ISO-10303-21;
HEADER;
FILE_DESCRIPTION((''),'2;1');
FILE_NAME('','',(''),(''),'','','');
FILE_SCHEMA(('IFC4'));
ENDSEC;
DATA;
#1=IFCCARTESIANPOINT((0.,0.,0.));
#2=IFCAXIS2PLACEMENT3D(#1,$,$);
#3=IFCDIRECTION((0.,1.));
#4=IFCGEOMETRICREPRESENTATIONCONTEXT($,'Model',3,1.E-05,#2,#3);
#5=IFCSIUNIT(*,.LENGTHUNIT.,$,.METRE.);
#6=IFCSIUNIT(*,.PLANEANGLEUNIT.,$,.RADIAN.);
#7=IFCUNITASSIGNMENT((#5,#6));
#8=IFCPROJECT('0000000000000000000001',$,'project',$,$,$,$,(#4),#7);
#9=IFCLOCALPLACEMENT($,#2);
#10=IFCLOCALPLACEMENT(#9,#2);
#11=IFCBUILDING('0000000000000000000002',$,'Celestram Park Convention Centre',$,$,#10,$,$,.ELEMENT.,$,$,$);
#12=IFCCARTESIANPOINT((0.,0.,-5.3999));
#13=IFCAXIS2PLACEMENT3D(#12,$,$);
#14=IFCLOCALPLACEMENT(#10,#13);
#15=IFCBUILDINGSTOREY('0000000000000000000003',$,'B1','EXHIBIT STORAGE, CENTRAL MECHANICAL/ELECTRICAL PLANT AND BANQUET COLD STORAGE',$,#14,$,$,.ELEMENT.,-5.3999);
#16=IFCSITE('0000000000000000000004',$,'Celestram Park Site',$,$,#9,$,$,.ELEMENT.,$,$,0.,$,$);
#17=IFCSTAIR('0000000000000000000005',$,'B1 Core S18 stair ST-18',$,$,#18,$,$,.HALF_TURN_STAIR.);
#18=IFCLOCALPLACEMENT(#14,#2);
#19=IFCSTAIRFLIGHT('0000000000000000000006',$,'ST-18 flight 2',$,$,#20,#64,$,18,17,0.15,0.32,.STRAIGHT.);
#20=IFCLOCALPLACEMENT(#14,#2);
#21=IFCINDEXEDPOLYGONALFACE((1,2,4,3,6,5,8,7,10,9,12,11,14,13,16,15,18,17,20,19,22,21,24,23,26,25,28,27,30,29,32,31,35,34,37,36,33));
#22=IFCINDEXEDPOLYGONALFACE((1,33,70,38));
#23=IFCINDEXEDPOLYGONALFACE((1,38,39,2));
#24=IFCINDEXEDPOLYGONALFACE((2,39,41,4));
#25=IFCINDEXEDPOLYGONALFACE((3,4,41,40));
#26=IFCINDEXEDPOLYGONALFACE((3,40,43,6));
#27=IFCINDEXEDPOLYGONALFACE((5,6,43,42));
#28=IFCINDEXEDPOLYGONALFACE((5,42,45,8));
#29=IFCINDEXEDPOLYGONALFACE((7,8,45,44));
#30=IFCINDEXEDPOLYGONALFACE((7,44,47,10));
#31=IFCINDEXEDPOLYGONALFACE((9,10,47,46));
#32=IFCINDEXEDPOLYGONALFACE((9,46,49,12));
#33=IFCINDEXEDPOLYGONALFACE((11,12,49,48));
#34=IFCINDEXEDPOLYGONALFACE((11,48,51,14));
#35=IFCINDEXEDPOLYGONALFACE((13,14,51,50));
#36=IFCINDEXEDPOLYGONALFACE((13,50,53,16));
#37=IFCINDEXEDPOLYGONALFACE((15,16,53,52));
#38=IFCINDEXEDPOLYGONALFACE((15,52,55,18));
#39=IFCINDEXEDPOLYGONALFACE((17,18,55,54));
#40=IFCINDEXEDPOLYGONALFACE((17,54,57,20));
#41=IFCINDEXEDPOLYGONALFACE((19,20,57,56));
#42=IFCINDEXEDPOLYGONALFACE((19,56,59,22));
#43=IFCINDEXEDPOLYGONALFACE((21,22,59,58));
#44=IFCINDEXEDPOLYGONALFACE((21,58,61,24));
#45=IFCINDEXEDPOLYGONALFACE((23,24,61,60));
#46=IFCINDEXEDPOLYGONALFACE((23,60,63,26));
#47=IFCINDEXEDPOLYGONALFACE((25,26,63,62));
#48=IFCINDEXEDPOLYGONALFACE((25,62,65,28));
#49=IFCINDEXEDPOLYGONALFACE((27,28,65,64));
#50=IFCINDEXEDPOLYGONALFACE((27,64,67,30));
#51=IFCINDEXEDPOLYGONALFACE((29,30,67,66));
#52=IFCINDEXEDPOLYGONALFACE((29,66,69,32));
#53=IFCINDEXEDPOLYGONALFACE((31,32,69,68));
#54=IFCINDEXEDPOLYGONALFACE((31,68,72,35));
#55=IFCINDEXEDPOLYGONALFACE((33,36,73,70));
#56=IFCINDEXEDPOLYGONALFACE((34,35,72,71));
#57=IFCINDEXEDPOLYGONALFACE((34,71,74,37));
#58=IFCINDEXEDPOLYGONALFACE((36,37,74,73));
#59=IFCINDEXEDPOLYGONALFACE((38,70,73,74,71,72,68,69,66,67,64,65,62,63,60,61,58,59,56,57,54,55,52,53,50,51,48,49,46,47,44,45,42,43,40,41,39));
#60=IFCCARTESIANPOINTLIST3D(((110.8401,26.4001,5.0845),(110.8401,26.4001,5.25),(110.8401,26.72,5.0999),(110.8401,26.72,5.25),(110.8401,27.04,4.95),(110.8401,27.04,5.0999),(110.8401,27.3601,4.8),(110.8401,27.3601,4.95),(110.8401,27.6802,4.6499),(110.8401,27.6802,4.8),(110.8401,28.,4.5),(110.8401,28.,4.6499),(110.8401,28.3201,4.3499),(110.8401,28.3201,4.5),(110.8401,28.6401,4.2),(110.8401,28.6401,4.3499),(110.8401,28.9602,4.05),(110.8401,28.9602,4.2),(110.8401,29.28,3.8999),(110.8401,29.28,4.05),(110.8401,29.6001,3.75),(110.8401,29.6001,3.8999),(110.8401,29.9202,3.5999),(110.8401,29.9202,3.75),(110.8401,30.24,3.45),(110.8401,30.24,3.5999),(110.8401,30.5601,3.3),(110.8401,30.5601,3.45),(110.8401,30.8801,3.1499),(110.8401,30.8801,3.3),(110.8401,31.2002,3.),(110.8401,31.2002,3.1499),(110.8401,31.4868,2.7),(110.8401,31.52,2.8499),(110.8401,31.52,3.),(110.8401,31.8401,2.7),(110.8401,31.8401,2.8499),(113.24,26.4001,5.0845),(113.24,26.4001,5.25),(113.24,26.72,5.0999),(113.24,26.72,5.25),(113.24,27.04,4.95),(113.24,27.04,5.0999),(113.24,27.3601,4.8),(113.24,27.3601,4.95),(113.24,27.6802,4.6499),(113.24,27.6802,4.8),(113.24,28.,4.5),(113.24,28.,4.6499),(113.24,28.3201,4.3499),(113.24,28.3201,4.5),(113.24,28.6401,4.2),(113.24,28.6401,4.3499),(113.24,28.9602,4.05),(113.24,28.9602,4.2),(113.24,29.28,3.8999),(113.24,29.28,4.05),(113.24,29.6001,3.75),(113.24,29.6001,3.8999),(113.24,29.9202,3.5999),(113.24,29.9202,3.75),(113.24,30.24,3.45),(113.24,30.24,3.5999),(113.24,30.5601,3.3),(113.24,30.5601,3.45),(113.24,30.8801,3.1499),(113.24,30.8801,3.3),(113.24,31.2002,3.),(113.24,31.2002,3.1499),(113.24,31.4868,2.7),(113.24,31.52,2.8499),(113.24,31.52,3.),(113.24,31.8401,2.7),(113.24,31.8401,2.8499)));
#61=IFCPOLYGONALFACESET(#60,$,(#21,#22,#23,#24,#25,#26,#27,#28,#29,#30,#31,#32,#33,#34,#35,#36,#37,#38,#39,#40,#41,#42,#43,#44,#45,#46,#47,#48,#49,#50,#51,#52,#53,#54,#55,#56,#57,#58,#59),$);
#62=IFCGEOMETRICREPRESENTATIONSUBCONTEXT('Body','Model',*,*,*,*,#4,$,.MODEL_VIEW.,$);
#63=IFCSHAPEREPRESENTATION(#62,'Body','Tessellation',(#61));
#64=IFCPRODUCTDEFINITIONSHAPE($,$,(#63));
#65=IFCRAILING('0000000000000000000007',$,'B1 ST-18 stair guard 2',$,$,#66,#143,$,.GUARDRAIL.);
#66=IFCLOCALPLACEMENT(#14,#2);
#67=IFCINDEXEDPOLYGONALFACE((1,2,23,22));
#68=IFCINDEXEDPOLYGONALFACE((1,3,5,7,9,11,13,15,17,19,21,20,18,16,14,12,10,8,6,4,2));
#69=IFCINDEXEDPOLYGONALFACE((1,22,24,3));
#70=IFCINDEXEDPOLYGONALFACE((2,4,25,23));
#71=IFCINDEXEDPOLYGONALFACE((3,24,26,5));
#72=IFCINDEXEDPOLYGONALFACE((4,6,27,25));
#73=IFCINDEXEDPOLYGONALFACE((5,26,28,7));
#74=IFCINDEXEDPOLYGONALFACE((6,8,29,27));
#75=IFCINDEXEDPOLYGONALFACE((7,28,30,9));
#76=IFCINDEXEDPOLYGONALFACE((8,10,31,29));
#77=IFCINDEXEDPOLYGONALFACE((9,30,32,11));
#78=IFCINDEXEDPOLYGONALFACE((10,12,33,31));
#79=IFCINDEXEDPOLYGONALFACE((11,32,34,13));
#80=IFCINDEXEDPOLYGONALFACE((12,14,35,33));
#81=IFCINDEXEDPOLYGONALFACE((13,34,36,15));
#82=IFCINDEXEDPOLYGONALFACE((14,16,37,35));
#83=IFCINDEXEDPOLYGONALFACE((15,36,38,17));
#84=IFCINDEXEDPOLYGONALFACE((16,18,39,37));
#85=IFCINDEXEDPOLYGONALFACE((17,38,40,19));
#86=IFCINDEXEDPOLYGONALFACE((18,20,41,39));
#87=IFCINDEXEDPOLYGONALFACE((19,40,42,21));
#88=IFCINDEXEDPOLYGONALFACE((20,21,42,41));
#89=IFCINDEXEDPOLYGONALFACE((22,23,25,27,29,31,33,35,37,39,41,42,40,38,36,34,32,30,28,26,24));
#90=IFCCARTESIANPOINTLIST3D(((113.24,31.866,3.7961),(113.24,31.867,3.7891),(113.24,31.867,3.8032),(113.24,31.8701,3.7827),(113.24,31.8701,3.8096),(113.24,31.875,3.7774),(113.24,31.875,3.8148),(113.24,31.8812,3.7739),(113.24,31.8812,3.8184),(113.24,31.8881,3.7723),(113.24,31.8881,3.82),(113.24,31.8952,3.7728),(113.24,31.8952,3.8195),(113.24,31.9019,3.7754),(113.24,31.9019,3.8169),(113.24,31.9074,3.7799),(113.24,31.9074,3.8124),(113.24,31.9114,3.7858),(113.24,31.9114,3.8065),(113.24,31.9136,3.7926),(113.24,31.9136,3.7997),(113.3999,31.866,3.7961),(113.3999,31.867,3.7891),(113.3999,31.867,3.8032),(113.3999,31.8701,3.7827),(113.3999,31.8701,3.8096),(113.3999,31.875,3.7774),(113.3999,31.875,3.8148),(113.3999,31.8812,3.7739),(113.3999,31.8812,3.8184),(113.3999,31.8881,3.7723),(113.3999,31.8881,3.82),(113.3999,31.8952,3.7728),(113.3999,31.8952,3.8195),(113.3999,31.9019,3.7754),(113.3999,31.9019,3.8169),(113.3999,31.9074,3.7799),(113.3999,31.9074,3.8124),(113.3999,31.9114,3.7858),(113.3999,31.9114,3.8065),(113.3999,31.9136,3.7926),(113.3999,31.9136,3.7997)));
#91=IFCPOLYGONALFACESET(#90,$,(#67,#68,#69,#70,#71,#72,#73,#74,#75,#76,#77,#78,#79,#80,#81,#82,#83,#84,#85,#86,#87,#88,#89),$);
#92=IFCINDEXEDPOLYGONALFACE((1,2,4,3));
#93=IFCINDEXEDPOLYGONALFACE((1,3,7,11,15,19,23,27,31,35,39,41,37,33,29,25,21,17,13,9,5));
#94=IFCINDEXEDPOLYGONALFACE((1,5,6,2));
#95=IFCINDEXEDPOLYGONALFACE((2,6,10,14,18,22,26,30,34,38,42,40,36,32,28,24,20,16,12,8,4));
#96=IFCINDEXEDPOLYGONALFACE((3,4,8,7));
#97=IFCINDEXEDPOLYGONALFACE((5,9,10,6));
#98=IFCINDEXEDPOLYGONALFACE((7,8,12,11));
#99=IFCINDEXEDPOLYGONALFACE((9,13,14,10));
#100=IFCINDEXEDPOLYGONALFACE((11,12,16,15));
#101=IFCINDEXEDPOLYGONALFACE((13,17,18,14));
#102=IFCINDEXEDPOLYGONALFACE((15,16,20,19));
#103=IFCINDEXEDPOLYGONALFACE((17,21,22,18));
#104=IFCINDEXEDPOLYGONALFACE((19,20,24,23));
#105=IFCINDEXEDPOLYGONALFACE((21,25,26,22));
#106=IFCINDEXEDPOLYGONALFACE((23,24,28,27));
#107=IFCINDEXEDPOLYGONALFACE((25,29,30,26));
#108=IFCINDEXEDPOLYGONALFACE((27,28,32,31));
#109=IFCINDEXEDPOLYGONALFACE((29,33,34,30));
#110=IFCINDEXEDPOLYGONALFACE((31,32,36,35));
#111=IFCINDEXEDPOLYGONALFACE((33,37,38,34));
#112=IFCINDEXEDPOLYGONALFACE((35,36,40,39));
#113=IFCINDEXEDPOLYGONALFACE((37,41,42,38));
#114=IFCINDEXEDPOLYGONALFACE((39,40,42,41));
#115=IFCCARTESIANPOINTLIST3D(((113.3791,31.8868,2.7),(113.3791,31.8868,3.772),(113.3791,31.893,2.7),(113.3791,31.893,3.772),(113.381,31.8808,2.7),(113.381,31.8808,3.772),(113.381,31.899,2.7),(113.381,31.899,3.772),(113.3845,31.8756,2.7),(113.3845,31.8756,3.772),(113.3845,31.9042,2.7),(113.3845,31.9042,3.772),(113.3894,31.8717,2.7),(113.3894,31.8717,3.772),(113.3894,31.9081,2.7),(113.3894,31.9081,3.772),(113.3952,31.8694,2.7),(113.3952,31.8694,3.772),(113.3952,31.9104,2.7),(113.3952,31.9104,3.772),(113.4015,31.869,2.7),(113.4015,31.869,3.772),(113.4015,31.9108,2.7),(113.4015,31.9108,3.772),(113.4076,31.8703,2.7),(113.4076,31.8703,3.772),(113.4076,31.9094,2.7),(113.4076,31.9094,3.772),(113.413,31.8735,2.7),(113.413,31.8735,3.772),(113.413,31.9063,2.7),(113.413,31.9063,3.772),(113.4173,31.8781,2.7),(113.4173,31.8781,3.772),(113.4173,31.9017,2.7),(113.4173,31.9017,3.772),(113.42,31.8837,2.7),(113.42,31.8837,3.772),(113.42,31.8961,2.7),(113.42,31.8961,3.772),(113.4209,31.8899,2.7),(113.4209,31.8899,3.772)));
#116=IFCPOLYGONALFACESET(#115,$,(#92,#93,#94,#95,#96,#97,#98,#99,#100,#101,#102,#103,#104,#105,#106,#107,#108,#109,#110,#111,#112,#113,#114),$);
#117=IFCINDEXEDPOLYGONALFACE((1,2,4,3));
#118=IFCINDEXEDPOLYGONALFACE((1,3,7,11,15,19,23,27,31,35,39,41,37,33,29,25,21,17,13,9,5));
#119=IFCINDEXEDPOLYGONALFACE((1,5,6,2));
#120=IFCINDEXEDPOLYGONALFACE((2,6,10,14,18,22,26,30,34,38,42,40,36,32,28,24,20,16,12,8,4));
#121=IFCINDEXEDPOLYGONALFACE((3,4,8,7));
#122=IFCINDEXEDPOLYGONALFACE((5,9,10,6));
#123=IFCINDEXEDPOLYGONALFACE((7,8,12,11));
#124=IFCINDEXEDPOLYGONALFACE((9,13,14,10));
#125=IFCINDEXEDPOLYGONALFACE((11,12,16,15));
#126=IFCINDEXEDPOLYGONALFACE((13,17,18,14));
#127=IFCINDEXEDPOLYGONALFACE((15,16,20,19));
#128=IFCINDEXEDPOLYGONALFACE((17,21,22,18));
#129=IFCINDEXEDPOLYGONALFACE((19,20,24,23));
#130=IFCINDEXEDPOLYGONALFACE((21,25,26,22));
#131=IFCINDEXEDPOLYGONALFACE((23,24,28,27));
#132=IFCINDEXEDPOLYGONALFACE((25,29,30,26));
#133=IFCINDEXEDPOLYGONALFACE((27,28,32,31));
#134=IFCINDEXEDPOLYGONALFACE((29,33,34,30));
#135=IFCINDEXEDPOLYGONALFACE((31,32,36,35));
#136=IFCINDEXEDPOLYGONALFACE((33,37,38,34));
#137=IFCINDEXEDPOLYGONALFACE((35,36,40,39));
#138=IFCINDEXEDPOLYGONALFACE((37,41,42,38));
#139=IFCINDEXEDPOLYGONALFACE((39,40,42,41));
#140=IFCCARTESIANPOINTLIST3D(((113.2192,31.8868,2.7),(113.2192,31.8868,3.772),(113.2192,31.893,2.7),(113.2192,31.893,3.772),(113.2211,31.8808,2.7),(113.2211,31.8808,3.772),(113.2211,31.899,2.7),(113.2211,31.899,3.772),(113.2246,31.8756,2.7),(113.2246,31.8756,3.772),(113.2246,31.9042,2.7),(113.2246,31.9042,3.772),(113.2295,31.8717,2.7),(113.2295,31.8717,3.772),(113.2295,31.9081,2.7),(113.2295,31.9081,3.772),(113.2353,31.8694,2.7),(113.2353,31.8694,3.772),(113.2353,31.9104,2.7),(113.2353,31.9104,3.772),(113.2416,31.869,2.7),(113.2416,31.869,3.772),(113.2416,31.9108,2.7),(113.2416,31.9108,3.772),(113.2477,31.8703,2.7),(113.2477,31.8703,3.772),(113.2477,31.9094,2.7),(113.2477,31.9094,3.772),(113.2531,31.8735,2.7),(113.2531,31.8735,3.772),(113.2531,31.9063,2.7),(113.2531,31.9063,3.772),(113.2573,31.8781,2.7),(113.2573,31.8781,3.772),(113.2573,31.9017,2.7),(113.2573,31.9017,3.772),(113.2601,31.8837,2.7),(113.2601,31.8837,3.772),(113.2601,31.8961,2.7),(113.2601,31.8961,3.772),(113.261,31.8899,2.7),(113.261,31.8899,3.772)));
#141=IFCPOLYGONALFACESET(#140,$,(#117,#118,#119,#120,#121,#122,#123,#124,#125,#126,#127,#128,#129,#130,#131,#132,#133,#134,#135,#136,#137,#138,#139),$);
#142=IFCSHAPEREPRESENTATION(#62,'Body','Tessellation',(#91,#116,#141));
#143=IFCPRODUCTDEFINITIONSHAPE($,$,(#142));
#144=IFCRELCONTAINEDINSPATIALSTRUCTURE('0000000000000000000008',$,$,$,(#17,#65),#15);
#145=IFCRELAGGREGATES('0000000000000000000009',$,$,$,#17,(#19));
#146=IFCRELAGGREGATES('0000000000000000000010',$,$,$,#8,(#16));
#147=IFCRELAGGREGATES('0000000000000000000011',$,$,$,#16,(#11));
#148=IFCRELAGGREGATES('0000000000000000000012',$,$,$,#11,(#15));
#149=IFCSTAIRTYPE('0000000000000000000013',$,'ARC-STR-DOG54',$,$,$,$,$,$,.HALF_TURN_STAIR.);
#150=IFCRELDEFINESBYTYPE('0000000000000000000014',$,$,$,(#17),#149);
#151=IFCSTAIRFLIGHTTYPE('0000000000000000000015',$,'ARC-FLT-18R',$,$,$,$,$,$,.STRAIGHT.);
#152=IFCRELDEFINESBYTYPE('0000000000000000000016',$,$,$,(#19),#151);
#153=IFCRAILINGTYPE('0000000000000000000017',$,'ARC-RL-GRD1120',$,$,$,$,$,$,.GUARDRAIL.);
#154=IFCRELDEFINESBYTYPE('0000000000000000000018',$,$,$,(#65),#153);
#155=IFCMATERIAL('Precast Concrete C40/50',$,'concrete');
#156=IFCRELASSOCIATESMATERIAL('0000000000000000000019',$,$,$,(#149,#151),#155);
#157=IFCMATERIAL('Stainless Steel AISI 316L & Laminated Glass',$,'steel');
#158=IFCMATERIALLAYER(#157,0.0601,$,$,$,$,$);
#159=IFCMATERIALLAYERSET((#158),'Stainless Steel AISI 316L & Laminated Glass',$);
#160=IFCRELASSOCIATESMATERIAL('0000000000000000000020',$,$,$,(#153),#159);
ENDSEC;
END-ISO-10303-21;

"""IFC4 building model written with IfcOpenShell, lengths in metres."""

from ifc_helpers import new_model, si_unit, direction, frame, origin, origin_2d, place, context, subcontext, project, spatial, polyline, circle, outline, extrude, material, layer, layer_set, type_object, element, aggregate, save


model = new_model("IFC4")

# Units and contexts
model_context = context("Model", 3, precision=1e-05, world=origin(), true_north=direction((0.0, 1.0)))
body_context = subcontext(model_context, "Body", "Model", "MODEL_VIEW")
ifc_project = project(units=[si_unit("LENGTHUNIT", "METRE"), si_unit("PLANEANGLEUNIT", "RADIAN")], contexts=[model_context])

# Site, building, storey
site_placement = place(None, origin())
site = spatial("IfcSite", under=ifc_project, at=site_placement, Name="Celestram Park Site", CompositionType="ELEMENT", RefElevation=0.0)
building_placement = place(site_placement, origin())
building = spatial("IfcBuilding", under=site, at=building_placement, Name="Celestram Park Convention Centre", CompositionType="ELEMENT")
storey_placement = place(building_placement, frame((0.0, 0.0, -5.3999)))
storey = spatial("IfcBuildingStorey", under=building, at=storey_placement, Name="B1", Description="EXHIBIT STORAGE, CENTRAL MECHANICAL/ELECTRICAL PLANT AND BANQUET COLD STORAGE", CompositionType="ELEMENT", Elevation=-5.3999)

# Stair, stair flight
ifc_material_1 = material(Name="Precast Concrete C40/50", Category="concrete")
stair_type = type_object("IfcStairType", Name="ARC-STR-DOG54", PredefinedType="HALF_TURN_STAIR", material=ifc_material_1)
stair_placement = place(storey_placement, origin())
stair = element("IfcStair", 1, at=stair_placement, inside=storey, type_object=stair_type, Name="B1 Core S18 stair ST-18", PredefinedType="HALF_TURN_STAIR")
stair_flight_type = type_object("IfcStairFlightType", Name="ARC-FLT-18R", PredefinedType="STRAIGHT", material=ifc_material_1)
stair_flight_placement = place(storey_placement, frame((112.04, 31.8401, 2.7), z_axis=(0.0, 0.0, 1.0), x_axis=(0.0, -1.0, 0.0)))
stair_flight = element("IfcStairFlight", 2, at=stair_flight_placement, type_object=stair_flight_type, Name="ST-18 flight 2", NumberOfRisers=18, NumberOfTreads=17, PredefinedType="STRAIGHT", RiserHeight=0.15, TreadLength=0.32, context=body_context, shape_type="SweptSolid", body=[
    extrude(outline(polyline([(0.0, 0.0), (0.0, 0.1499), (0.3201, 0.1499), (0.3201, 0.3), (0.6399, 0.3), (0.6399, 0.45), (0.96, 0.45), (0.96, 0.6001), (1.28, 0.6001), (1.28, 0.75), (1.6001, 0.75), (1.6001, 0.8999), (1.9199, 0.8999), (1.9199, 1.05), (2.24, 1.05), (2.24, 1.2), (2.5601, 1.2), (2.5601, 1.3501), (2.8799, 1.3501), (2.8799, 1.5), (3.2, 1.5), (3.2, 1.6499), (3.52, 1.6499), (3.52, 1.8), (3.8401, 1.8), (3.8401, 1.95), (4.1599, 1.95), (4.1599, 2.1001), (4.48, 2.1001), (4.48, 2.25), (4.8, 2.25), (4.8, 2.3999), (5.1201, 2.3999), (5.1201, 2.55), (5.4399, 2.55), (5.4399, 2.7), (5.4399, 2.3845), (0.3533, 0.0), (0.0, 0.0)])), frame((0.0, 1.2, 0.0), z_axis=(0.0, -1.0, 0.0), x_axis=(1.0, 0.0, 0.0)), (0.0, 0.0, 1.0), 2.3999),
])
aggregate(stair, [stair_flight])

# Railing
ifc_material_2 = material(Name="Stainless Steel AISI 316L & Laminated Glass", Category="steel")
ifc_layer_1 = layer(ifc_material_2, 0.0601)
ifc_layer_set_1 = layer_set([ifc_layer_1], Name="Stainless Steel AISI 316L & Laminated Glass")
railing_type_1 = type_object("IfcRailingType", Name="ARC-RL-GRD1120", PredefinedType="GUARDRAIL", material=ifc_layer_set_1)
railing_1_placement = place(storey_placement, frame((113.3999, 31.8899, 2.7)))
element("IfcRailing", 3, at=railing_1_placement, inside=storey, type_object=railing_type_1, Name="B1 ST-18 stair guard 2", PredefinedType="GUARDRAIL", context=body_context, shape_type="SweptSolid", body=[
    extrude(circle(Radius=0.0239, at=origin_2d()), frame((0.0, 0.0, 1.0962), z_axis=(-1.0, 0.0, 0.0), x_axis=(0.0, -1.0, 0.0)), (0.0, 0.0, 1.0), 0.1599),
    extrude(circle(Radius=0.021, at=origin_2d()), origin(), (0.0, 0.0, 1.0), 1.072),
    extrude(circle(Radius=0.021, at=origin_2d()), frame((-0.1599, 0.0, 0.0)), (0.0, 0.0, 1.0), 1.072),
])

save(model, "model.ifc")
